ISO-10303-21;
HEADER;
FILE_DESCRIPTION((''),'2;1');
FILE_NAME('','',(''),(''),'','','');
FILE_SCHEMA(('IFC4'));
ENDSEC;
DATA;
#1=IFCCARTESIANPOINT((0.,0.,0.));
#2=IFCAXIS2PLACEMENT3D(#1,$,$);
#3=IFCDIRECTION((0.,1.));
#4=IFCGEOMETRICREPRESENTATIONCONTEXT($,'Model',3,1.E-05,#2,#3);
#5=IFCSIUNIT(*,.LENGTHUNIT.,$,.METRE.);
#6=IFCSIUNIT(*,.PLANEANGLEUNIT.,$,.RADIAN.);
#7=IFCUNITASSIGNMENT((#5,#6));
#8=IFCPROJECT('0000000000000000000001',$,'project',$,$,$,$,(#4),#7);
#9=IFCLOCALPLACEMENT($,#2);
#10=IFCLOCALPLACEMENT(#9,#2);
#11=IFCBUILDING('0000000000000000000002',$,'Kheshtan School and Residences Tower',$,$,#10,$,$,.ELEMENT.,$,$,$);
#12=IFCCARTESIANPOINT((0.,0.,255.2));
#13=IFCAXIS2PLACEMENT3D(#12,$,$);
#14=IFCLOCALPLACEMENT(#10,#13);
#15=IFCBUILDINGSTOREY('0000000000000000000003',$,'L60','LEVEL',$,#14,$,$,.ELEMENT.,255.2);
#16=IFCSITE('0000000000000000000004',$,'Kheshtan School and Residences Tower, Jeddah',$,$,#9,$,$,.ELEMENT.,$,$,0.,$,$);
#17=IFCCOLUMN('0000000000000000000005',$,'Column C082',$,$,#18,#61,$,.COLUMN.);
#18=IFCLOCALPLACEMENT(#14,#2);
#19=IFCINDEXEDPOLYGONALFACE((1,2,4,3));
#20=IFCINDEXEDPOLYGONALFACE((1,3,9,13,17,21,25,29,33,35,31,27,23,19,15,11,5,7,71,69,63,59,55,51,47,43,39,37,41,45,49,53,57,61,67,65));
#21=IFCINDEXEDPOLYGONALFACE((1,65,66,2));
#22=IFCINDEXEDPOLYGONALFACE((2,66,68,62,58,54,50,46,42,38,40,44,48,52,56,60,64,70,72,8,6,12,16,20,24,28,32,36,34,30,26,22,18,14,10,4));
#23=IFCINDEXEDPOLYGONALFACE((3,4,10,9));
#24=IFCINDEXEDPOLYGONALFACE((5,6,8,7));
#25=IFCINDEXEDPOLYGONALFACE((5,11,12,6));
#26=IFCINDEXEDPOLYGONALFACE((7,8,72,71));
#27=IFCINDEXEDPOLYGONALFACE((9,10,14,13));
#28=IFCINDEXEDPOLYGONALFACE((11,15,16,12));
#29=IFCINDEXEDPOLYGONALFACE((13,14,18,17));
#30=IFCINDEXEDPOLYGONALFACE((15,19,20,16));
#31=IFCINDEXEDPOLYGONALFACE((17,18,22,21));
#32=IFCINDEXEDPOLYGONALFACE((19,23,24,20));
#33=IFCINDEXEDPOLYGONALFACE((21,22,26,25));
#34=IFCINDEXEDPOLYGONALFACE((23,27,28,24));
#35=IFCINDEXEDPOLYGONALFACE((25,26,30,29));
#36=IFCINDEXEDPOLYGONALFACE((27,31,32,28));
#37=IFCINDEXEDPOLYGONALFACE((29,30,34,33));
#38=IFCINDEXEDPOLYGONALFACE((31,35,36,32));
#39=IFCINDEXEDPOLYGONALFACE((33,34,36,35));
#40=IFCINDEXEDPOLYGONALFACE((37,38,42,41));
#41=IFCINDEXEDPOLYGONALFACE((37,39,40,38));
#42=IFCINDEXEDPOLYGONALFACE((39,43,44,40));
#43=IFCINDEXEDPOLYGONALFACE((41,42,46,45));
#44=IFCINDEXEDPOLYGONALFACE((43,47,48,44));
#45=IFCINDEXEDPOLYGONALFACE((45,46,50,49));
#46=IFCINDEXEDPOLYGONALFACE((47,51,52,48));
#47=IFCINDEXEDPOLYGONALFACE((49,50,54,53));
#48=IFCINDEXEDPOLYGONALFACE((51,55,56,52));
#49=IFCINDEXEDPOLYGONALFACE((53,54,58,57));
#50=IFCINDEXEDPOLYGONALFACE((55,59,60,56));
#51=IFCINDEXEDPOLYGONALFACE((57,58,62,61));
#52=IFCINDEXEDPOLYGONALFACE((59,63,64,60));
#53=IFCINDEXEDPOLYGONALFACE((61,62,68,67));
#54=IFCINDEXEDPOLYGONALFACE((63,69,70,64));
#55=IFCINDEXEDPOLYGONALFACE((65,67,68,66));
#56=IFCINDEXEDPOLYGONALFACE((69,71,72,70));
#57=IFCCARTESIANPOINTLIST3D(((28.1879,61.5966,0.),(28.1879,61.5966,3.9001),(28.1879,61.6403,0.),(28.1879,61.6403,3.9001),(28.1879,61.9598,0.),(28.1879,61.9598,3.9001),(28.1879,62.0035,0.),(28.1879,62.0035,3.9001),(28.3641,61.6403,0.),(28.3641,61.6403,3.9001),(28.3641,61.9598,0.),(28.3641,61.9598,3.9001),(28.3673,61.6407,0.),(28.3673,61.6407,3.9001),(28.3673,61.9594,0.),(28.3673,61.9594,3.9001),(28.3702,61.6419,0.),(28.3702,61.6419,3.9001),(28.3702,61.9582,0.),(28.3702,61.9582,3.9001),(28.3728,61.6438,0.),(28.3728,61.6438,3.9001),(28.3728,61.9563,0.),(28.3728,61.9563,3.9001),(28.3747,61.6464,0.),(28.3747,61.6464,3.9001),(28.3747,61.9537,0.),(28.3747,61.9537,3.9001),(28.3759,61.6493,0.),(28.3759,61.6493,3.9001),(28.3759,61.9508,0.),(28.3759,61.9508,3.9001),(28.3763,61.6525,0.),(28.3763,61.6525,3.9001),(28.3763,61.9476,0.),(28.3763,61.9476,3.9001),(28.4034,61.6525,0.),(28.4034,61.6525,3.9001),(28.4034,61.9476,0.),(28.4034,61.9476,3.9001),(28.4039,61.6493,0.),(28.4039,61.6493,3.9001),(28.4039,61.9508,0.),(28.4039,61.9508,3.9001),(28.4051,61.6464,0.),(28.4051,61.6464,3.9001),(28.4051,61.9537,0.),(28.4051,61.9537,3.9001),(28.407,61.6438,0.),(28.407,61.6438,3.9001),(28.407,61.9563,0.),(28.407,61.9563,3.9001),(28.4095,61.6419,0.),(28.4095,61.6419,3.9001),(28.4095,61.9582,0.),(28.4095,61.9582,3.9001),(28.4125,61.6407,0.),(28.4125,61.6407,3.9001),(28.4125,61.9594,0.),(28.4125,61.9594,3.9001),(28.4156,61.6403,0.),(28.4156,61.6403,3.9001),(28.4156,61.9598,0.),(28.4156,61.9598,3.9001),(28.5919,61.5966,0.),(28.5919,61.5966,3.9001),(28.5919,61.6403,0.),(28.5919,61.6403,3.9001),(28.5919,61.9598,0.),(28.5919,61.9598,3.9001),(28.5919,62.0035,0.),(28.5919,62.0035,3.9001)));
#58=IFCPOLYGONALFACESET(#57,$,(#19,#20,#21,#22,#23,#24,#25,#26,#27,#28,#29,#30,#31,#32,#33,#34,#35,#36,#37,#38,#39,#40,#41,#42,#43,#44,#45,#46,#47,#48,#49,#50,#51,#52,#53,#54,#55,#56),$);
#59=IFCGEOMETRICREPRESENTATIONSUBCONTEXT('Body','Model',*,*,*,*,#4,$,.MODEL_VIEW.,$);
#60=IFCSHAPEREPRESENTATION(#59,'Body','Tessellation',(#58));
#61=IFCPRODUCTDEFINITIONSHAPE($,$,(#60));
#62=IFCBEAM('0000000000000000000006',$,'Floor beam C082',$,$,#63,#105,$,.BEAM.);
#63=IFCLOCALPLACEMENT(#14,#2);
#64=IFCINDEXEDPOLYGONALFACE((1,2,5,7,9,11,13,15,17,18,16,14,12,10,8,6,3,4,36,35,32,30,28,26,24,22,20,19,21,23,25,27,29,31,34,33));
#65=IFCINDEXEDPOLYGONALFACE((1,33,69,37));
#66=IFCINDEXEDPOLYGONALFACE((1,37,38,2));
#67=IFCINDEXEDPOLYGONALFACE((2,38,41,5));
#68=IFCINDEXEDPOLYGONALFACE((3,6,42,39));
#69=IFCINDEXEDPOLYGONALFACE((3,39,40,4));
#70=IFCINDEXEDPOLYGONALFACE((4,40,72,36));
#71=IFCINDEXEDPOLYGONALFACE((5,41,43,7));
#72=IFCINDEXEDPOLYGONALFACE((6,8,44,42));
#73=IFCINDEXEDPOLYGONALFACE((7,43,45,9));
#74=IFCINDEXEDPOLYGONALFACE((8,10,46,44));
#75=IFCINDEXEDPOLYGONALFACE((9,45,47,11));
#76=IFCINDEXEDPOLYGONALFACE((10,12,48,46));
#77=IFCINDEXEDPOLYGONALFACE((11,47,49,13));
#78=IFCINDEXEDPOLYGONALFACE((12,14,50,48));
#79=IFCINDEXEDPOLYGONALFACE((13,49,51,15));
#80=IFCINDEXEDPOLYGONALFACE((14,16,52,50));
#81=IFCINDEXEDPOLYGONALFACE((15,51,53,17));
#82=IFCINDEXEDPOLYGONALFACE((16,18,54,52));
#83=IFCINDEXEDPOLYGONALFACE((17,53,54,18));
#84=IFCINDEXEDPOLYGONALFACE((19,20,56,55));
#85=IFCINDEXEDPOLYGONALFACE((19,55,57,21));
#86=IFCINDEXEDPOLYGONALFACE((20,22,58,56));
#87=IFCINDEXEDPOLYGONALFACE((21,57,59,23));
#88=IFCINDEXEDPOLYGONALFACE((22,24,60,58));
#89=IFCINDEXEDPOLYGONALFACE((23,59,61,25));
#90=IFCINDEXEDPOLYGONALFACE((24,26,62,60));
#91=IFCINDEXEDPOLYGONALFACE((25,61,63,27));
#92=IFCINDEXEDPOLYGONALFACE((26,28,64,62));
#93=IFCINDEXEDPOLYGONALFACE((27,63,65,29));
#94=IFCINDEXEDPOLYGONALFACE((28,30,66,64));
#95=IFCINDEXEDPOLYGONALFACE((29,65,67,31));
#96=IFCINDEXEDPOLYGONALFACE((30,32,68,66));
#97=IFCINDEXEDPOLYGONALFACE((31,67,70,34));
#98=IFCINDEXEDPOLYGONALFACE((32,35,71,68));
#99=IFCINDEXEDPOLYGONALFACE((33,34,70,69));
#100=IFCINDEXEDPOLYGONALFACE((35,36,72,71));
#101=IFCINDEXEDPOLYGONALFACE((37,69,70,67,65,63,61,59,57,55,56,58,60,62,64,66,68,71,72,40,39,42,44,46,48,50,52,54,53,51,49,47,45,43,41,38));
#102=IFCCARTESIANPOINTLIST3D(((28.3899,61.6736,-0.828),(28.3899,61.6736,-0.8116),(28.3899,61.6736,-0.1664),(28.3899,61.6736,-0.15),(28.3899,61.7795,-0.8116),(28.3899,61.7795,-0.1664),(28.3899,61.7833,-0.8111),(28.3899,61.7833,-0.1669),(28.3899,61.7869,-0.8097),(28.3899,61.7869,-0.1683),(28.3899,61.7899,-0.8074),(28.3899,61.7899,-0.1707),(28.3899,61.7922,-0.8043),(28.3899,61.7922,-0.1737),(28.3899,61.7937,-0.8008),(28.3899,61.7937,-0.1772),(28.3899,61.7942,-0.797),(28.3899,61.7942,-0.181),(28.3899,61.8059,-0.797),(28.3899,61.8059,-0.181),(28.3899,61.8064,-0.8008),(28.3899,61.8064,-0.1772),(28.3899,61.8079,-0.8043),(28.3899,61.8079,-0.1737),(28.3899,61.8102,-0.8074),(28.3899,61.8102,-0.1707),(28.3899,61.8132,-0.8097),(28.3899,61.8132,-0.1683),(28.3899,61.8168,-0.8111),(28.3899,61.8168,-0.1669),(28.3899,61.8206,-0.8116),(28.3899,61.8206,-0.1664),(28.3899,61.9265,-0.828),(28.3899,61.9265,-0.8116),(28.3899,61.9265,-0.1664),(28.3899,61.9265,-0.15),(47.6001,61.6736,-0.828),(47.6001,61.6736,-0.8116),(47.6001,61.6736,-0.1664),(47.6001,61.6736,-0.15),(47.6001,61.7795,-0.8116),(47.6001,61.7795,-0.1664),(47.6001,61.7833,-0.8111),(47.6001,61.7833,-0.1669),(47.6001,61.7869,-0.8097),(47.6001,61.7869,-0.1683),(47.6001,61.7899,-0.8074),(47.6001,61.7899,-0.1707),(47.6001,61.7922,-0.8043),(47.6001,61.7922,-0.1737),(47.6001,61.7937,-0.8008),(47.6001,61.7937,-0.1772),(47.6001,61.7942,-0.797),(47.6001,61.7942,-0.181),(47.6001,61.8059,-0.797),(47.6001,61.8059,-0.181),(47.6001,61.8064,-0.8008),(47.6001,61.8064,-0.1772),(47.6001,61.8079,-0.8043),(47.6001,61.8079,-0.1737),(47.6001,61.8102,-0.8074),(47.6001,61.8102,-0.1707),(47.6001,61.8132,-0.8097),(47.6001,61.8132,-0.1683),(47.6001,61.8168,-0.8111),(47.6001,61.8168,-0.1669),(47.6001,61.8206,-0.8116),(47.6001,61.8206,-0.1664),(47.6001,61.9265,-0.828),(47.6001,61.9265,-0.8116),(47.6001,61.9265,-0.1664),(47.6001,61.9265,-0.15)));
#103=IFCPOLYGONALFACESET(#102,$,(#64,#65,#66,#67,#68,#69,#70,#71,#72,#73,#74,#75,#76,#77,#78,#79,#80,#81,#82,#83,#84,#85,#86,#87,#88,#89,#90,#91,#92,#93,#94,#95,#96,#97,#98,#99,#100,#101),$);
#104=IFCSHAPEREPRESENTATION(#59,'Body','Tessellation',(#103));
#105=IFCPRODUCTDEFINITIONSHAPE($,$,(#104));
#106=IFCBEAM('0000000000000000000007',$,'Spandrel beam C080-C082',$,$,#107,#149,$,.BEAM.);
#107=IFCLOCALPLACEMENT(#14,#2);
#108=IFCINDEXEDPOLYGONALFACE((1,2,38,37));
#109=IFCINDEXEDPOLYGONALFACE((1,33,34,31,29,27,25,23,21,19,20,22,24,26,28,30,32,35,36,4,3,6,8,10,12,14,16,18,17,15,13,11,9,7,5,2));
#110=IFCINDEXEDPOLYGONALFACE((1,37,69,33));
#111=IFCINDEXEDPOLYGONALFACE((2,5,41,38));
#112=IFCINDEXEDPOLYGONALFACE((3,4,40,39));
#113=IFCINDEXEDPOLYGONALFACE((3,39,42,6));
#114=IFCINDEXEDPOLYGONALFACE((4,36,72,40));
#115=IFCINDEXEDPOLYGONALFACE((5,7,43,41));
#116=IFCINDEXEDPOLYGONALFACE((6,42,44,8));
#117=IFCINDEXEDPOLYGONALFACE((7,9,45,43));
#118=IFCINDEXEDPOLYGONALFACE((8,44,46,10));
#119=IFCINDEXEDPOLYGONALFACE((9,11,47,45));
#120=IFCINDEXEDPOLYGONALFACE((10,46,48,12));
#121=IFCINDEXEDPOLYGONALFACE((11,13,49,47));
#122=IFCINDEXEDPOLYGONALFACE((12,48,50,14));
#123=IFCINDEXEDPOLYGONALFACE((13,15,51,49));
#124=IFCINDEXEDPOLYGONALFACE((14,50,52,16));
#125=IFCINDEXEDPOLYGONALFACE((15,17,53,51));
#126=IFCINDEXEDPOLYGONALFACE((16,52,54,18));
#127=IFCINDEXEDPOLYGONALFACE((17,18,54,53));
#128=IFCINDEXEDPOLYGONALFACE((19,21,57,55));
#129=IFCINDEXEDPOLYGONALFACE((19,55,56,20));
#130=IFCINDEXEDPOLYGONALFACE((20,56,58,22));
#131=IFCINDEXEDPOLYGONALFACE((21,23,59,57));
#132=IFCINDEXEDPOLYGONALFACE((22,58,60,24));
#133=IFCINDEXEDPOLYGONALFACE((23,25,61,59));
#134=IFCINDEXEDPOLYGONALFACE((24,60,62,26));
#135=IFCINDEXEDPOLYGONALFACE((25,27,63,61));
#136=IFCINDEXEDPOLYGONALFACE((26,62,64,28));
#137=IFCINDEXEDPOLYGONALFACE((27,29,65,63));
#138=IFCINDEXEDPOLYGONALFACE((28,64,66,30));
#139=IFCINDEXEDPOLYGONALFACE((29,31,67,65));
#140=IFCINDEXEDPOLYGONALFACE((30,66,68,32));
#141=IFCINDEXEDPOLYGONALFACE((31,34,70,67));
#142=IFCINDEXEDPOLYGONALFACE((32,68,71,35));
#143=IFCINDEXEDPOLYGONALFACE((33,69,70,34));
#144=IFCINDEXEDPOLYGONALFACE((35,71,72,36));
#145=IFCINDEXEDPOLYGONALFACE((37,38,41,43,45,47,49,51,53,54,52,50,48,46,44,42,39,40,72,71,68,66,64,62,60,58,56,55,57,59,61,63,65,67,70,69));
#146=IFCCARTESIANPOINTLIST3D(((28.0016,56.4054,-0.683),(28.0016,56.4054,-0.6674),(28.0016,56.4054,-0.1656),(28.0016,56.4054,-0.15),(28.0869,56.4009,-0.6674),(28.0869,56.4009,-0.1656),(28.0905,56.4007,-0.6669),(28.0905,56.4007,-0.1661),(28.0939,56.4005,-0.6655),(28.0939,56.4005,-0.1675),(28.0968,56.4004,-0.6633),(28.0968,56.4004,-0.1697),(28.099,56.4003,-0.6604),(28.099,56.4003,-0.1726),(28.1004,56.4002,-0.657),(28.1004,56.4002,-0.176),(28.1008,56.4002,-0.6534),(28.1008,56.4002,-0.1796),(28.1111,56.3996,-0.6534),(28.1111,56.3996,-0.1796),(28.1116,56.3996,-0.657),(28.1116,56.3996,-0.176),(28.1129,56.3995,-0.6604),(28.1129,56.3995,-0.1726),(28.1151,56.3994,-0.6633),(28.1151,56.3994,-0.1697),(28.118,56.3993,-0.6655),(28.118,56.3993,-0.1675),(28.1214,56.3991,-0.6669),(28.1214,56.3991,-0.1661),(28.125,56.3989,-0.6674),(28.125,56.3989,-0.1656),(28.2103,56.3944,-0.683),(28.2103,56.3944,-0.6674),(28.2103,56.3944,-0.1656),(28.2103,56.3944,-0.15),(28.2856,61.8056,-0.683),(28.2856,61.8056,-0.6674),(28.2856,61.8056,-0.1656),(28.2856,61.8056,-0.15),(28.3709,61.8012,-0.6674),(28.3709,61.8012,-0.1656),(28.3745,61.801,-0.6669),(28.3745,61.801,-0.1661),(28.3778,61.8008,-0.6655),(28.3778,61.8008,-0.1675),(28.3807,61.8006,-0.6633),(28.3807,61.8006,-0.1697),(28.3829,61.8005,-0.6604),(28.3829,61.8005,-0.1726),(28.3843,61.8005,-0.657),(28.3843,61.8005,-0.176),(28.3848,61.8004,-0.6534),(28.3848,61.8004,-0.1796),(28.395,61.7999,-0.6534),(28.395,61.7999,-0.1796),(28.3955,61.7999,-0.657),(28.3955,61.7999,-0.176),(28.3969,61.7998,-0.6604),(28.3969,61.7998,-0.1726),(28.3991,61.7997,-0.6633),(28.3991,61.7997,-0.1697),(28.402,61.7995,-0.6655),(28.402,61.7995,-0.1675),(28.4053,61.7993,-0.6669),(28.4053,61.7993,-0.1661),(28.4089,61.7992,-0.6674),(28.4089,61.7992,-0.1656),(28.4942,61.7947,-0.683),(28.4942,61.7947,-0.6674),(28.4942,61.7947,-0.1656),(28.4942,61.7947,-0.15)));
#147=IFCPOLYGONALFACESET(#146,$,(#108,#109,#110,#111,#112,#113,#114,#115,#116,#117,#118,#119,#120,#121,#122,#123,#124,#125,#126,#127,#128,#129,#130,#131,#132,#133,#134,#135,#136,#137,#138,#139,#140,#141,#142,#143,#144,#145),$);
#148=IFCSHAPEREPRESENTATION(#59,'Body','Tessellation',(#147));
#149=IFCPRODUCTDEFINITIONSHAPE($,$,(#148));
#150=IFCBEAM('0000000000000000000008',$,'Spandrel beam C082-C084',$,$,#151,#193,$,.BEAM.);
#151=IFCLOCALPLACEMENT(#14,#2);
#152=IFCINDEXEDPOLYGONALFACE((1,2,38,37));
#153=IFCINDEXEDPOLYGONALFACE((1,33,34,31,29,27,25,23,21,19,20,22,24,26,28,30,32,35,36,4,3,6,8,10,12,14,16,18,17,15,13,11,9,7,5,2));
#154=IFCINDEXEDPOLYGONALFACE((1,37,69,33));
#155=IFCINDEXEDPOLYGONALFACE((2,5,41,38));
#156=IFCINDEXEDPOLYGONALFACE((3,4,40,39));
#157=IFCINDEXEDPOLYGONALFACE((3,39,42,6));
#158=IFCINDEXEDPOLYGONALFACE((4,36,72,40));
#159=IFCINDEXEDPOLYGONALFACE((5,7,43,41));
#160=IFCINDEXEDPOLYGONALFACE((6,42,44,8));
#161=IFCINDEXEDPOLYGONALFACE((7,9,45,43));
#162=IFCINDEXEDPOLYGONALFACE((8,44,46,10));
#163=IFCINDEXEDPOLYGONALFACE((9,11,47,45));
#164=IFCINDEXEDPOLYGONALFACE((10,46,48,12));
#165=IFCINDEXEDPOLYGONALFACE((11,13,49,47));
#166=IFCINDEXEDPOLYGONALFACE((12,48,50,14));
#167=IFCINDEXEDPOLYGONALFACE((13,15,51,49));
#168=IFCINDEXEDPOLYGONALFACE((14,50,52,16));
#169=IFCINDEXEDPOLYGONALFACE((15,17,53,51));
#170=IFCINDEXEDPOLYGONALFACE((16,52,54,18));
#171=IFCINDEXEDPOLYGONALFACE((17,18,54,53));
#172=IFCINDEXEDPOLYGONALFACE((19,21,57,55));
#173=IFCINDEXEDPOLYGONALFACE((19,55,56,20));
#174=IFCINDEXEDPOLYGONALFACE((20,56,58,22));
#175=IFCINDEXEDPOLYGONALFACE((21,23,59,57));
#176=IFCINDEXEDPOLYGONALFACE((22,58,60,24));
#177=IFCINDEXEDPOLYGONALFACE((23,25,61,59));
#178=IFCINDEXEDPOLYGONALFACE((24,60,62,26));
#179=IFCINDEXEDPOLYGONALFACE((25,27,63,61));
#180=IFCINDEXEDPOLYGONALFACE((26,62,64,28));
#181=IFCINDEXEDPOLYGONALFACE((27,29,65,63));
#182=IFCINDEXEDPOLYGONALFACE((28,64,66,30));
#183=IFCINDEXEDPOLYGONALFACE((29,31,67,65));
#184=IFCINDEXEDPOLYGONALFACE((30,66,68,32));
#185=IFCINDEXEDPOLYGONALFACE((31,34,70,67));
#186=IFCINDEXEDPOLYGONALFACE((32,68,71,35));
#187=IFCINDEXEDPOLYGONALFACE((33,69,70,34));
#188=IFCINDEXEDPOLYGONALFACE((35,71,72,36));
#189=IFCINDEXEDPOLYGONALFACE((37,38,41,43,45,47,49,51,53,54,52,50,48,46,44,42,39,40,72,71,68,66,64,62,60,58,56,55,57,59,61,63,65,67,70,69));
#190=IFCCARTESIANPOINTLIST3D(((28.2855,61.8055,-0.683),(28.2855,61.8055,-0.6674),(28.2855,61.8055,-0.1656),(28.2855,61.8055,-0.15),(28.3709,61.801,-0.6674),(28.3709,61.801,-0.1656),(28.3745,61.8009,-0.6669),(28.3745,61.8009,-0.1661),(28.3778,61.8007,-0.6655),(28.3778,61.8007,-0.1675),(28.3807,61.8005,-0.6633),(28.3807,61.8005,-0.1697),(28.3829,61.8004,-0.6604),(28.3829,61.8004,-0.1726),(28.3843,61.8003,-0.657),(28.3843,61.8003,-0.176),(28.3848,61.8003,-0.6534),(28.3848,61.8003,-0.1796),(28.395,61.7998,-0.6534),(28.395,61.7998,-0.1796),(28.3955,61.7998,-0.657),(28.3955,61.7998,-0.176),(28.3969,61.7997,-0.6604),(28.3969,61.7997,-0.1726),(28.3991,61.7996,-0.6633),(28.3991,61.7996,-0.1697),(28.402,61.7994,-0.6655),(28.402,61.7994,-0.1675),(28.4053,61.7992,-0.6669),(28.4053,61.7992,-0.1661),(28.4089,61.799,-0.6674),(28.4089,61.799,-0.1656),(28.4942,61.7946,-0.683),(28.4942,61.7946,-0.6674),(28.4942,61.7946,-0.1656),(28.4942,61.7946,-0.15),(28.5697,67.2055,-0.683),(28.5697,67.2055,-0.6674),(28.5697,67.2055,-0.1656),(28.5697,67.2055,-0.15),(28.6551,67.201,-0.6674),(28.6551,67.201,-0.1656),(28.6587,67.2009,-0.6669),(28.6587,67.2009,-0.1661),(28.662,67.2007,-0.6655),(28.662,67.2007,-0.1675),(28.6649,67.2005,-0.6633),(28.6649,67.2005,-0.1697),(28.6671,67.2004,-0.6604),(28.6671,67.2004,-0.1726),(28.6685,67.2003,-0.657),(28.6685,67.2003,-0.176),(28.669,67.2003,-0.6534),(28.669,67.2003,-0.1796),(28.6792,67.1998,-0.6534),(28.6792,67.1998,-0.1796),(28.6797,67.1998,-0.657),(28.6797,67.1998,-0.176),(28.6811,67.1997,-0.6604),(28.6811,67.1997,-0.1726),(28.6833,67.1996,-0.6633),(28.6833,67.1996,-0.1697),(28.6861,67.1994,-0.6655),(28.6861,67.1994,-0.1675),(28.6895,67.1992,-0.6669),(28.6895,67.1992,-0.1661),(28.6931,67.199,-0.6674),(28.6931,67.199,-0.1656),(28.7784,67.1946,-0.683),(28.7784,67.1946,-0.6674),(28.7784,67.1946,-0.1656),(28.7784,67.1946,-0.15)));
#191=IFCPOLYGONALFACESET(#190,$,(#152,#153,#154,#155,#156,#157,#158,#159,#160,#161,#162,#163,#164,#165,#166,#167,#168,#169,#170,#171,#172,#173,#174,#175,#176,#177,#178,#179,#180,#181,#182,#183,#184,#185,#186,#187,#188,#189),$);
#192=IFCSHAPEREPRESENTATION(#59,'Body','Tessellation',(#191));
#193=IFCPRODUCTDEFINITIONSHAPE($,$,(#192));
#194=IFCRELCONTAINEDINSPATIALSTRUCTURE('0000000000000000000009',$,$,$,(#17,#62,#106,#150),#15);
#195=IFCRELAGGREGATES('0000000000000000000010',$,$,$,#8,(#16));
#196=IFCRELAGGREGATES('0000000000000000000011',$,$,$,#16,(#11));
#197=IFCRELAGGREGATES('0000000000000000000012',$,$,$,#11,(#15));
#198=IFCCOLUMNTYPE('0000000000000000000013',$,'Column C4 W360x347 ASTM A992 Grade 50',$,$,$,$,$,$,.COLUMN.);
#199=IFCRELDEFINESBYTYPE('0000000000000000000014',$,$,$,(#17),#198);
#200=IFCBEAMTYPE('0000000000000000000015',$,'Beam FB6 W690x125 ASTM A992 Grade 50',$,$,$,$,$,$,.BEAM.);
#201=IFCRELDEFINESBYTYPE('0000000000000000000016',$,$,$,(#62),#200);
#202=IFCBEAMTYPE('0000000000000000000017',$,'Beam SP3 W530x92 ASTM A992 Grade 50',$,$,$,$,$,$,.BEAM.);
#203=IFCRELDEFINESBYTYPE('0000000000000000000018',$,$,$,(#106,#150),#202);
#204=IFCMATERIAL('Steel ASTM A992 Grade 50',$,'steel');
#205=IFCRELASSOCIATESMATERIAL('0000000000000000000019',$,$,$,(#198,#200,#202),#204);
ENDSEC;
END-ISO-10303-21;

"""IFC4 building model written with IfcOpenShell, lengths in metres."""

from ifc_helpers import new_model, si_unit, direction, frame, origin, origin_2d, place, context, subcontext, project, spatial, i_section, extrude, material, material_profile, profile_set, type_object, element, save


model = new_model("IFC4")

# Units and contexts
model_context = context("Model", 3, precision=1e-05, world=origin(), true_north=direction((0.0, 1.0)))
body_context = subcontext(model_context, "Body", "Model", "MODEL_VIEW")
ifc_project = project(units=[si_unit("LENGTHUNIT", "METRE"), si_unit("PLANEANGLEUNIT", "RADIAN")], contexts=[model_context])

# Site, building, storey
site_placement = place(None, origin())
site = spatial("IfcSite", under=ifc_project, at=site_placement, Name="Kheshtan School and Residences Tower, Jeddah", CompositionType="ELEMENT", RefElevation=0.0)
building_placement = place(site_placement, origin())
building = spatial("IfcBuilding", under=site, at=building_placement, Name="Kheshtan School and Residences Tower", CompositionType="ELEMENT")
storey_placement = place(building_placement, frame((0.0, 0.0, 255.2)))
storey = spatial("IfcBuildingStorey", under=building, at=storey_placement, Name="L60", Description="LEVEL", CompositionType="ELEMENT", Elevation=255.2)

# Column
ifc_material_1 = material(Name="Steel ASTM A992 Grade 50", Category="steel")
ifc_material_profile_1 = material_profile(ifc_material_1, i_section(OverallWidth=0.4041, OverallDepth=0.407, WebThickness=0.0271, FlangeThickness=0.0437, FilletRadius=0.0122, at=origin_2d()), Name="W360x347")
ifc_profile_set_1 = profile_set([ifc_material_profile_1], Name="Steel ASTM A992 Grade 50")
column_type = type_object("IfcColumnType", Name="Column C4 W360x347 ASTM A992 Grade 50", PredefinedType="COLUMN", material=ifc_profile_set_1)
column_placement = place(storey_placement, frame((28.3899, 61.8, 0.0), z_axis=(0.0, 0.0, 1.0), x_axis=(1.0, 0.0, 0.0)))
element("IfcColumn", 1, at=column_placement, inside=storey, type_object=column_type, Name="Column C082", PredefinedType="COLUMN", context=body_context, shape_type="SweptSolid", body=[
    extrude(i_section(OverallWidth=0.4041, OverallDepth=0.407, WebThickness=0.0271, FlangeThickness=0.0437, FilletRadius=0.0122, at=origin_2d()), origin(), (0.0, 0.0, 1.0), 3.9001),
])

# Beams
ifc_material_profile_2 = material_profile(ifc_material_1, i_section(OverallWidth=0.2529, OverallDepth=0.678, WebThickness=0.0117, FlangeThickness=0.0164, FilletRadius=0.0146, at=origin_2d()), Name="W690x125")
ifc_profile_set_2 = profile_set([ifc_material_profile_2], Name="Steel ASTM A992 Grade 50")
beam_type_1 = type_object("IfcBeamType", Name="Beam FB6 W690x125 ASTM A992 Grade 50", PredefinedType="BEAM", material=ifc_profile_set_2)
beam_1_placement = place(storey_placement, frame((28.3899, 61.8, -0.489), z_axis=(1.0, 0.0, 0.0), x_axis=(0.0, 1.0, 0.0)))
element("IfcBeam", 2, at=beam_1_placement, inside=storey, type_object=beam_type_1, Name="Floor beam C082", PredefinedType="BEAM", context=body_context, shape_type="SweptSolid", body=[
    extrude(i_section(OverallWidth=0.2529, OverallDepth=0.678, WebThickness=0.0117, FlangeThickness=0.0164, FilletRadius=0.0146, at=origin_2d()), origin(), (0.0, 0.0, 1.0), 19.2102),
])
ifc_material_profile_3 = material_profile(ifc_material_1, i_section(OverallWidth=0.209, OverallDepth=0.533, WebThickness=0.0103, FlangeThickness=0.0156, FilletRadius=0.0139, at=origin_2d()), Name="W530x92")
ifc_profile_set_3 = profile_set([ifc_material_profile_3], Name="Steel ASTM A992 Grade 50")
beam_type_2 = type_object("IfcBeamType", Name="Beam SP3 W530x92 ASTM A992 Grade 50", PredefinedType="BEAM", material=ifc_profile_set_3)
beam_2_placement = place(storey_placement, frame((28.106, 56.3999, -0.4165), z_axis=(0.052507, 0.998621, 0.0), x_axis=(-0.998621, 0.052507, 0.0)))
element("IfcBeam", 3, at=beam_2_placement, inside=storey, type_object=beam_type_2, Name="Spandrel beam C080-C082", PredefinedType="BEAM", context=body_context, shape_type="SweptSolid", body=[
    extrude(i_section(OverallWidth=0.209, OverallDepth=0.533, WebThickness=0.0103, FlangeThickness=0.0156, FilletRadius=0.0139, at=origin_2d()), origin(), (0.0, 0.0, 1.0), 5.4077),
])
beam_3_placement = place(storey_placement, frame((28.3899, 61.8, -0.4165), z_axis=(0.052554, 0.998618, 0.0), x_axis=(-0.998618, 0.052554, 0.0)))
element("IfcBeam", 4, at=beam_3_placement, inside=storey, type_object=beam_type_2, Name="Spandrel beam C082-C084", PredefinedType="BEAM", context=body_context, shape_type="SweptSolid", body=[
    extrude(i_section(OverallWidth=0.209, OverallDepth=0.533, WebThickness=0.0103, FlangeThickness=0.0156, FilletRadius=0.0139, at=origin_2d()), origin(), (0.0, 0.0, 1.0), 5.4075),
])

save(model, "model.ifc")
